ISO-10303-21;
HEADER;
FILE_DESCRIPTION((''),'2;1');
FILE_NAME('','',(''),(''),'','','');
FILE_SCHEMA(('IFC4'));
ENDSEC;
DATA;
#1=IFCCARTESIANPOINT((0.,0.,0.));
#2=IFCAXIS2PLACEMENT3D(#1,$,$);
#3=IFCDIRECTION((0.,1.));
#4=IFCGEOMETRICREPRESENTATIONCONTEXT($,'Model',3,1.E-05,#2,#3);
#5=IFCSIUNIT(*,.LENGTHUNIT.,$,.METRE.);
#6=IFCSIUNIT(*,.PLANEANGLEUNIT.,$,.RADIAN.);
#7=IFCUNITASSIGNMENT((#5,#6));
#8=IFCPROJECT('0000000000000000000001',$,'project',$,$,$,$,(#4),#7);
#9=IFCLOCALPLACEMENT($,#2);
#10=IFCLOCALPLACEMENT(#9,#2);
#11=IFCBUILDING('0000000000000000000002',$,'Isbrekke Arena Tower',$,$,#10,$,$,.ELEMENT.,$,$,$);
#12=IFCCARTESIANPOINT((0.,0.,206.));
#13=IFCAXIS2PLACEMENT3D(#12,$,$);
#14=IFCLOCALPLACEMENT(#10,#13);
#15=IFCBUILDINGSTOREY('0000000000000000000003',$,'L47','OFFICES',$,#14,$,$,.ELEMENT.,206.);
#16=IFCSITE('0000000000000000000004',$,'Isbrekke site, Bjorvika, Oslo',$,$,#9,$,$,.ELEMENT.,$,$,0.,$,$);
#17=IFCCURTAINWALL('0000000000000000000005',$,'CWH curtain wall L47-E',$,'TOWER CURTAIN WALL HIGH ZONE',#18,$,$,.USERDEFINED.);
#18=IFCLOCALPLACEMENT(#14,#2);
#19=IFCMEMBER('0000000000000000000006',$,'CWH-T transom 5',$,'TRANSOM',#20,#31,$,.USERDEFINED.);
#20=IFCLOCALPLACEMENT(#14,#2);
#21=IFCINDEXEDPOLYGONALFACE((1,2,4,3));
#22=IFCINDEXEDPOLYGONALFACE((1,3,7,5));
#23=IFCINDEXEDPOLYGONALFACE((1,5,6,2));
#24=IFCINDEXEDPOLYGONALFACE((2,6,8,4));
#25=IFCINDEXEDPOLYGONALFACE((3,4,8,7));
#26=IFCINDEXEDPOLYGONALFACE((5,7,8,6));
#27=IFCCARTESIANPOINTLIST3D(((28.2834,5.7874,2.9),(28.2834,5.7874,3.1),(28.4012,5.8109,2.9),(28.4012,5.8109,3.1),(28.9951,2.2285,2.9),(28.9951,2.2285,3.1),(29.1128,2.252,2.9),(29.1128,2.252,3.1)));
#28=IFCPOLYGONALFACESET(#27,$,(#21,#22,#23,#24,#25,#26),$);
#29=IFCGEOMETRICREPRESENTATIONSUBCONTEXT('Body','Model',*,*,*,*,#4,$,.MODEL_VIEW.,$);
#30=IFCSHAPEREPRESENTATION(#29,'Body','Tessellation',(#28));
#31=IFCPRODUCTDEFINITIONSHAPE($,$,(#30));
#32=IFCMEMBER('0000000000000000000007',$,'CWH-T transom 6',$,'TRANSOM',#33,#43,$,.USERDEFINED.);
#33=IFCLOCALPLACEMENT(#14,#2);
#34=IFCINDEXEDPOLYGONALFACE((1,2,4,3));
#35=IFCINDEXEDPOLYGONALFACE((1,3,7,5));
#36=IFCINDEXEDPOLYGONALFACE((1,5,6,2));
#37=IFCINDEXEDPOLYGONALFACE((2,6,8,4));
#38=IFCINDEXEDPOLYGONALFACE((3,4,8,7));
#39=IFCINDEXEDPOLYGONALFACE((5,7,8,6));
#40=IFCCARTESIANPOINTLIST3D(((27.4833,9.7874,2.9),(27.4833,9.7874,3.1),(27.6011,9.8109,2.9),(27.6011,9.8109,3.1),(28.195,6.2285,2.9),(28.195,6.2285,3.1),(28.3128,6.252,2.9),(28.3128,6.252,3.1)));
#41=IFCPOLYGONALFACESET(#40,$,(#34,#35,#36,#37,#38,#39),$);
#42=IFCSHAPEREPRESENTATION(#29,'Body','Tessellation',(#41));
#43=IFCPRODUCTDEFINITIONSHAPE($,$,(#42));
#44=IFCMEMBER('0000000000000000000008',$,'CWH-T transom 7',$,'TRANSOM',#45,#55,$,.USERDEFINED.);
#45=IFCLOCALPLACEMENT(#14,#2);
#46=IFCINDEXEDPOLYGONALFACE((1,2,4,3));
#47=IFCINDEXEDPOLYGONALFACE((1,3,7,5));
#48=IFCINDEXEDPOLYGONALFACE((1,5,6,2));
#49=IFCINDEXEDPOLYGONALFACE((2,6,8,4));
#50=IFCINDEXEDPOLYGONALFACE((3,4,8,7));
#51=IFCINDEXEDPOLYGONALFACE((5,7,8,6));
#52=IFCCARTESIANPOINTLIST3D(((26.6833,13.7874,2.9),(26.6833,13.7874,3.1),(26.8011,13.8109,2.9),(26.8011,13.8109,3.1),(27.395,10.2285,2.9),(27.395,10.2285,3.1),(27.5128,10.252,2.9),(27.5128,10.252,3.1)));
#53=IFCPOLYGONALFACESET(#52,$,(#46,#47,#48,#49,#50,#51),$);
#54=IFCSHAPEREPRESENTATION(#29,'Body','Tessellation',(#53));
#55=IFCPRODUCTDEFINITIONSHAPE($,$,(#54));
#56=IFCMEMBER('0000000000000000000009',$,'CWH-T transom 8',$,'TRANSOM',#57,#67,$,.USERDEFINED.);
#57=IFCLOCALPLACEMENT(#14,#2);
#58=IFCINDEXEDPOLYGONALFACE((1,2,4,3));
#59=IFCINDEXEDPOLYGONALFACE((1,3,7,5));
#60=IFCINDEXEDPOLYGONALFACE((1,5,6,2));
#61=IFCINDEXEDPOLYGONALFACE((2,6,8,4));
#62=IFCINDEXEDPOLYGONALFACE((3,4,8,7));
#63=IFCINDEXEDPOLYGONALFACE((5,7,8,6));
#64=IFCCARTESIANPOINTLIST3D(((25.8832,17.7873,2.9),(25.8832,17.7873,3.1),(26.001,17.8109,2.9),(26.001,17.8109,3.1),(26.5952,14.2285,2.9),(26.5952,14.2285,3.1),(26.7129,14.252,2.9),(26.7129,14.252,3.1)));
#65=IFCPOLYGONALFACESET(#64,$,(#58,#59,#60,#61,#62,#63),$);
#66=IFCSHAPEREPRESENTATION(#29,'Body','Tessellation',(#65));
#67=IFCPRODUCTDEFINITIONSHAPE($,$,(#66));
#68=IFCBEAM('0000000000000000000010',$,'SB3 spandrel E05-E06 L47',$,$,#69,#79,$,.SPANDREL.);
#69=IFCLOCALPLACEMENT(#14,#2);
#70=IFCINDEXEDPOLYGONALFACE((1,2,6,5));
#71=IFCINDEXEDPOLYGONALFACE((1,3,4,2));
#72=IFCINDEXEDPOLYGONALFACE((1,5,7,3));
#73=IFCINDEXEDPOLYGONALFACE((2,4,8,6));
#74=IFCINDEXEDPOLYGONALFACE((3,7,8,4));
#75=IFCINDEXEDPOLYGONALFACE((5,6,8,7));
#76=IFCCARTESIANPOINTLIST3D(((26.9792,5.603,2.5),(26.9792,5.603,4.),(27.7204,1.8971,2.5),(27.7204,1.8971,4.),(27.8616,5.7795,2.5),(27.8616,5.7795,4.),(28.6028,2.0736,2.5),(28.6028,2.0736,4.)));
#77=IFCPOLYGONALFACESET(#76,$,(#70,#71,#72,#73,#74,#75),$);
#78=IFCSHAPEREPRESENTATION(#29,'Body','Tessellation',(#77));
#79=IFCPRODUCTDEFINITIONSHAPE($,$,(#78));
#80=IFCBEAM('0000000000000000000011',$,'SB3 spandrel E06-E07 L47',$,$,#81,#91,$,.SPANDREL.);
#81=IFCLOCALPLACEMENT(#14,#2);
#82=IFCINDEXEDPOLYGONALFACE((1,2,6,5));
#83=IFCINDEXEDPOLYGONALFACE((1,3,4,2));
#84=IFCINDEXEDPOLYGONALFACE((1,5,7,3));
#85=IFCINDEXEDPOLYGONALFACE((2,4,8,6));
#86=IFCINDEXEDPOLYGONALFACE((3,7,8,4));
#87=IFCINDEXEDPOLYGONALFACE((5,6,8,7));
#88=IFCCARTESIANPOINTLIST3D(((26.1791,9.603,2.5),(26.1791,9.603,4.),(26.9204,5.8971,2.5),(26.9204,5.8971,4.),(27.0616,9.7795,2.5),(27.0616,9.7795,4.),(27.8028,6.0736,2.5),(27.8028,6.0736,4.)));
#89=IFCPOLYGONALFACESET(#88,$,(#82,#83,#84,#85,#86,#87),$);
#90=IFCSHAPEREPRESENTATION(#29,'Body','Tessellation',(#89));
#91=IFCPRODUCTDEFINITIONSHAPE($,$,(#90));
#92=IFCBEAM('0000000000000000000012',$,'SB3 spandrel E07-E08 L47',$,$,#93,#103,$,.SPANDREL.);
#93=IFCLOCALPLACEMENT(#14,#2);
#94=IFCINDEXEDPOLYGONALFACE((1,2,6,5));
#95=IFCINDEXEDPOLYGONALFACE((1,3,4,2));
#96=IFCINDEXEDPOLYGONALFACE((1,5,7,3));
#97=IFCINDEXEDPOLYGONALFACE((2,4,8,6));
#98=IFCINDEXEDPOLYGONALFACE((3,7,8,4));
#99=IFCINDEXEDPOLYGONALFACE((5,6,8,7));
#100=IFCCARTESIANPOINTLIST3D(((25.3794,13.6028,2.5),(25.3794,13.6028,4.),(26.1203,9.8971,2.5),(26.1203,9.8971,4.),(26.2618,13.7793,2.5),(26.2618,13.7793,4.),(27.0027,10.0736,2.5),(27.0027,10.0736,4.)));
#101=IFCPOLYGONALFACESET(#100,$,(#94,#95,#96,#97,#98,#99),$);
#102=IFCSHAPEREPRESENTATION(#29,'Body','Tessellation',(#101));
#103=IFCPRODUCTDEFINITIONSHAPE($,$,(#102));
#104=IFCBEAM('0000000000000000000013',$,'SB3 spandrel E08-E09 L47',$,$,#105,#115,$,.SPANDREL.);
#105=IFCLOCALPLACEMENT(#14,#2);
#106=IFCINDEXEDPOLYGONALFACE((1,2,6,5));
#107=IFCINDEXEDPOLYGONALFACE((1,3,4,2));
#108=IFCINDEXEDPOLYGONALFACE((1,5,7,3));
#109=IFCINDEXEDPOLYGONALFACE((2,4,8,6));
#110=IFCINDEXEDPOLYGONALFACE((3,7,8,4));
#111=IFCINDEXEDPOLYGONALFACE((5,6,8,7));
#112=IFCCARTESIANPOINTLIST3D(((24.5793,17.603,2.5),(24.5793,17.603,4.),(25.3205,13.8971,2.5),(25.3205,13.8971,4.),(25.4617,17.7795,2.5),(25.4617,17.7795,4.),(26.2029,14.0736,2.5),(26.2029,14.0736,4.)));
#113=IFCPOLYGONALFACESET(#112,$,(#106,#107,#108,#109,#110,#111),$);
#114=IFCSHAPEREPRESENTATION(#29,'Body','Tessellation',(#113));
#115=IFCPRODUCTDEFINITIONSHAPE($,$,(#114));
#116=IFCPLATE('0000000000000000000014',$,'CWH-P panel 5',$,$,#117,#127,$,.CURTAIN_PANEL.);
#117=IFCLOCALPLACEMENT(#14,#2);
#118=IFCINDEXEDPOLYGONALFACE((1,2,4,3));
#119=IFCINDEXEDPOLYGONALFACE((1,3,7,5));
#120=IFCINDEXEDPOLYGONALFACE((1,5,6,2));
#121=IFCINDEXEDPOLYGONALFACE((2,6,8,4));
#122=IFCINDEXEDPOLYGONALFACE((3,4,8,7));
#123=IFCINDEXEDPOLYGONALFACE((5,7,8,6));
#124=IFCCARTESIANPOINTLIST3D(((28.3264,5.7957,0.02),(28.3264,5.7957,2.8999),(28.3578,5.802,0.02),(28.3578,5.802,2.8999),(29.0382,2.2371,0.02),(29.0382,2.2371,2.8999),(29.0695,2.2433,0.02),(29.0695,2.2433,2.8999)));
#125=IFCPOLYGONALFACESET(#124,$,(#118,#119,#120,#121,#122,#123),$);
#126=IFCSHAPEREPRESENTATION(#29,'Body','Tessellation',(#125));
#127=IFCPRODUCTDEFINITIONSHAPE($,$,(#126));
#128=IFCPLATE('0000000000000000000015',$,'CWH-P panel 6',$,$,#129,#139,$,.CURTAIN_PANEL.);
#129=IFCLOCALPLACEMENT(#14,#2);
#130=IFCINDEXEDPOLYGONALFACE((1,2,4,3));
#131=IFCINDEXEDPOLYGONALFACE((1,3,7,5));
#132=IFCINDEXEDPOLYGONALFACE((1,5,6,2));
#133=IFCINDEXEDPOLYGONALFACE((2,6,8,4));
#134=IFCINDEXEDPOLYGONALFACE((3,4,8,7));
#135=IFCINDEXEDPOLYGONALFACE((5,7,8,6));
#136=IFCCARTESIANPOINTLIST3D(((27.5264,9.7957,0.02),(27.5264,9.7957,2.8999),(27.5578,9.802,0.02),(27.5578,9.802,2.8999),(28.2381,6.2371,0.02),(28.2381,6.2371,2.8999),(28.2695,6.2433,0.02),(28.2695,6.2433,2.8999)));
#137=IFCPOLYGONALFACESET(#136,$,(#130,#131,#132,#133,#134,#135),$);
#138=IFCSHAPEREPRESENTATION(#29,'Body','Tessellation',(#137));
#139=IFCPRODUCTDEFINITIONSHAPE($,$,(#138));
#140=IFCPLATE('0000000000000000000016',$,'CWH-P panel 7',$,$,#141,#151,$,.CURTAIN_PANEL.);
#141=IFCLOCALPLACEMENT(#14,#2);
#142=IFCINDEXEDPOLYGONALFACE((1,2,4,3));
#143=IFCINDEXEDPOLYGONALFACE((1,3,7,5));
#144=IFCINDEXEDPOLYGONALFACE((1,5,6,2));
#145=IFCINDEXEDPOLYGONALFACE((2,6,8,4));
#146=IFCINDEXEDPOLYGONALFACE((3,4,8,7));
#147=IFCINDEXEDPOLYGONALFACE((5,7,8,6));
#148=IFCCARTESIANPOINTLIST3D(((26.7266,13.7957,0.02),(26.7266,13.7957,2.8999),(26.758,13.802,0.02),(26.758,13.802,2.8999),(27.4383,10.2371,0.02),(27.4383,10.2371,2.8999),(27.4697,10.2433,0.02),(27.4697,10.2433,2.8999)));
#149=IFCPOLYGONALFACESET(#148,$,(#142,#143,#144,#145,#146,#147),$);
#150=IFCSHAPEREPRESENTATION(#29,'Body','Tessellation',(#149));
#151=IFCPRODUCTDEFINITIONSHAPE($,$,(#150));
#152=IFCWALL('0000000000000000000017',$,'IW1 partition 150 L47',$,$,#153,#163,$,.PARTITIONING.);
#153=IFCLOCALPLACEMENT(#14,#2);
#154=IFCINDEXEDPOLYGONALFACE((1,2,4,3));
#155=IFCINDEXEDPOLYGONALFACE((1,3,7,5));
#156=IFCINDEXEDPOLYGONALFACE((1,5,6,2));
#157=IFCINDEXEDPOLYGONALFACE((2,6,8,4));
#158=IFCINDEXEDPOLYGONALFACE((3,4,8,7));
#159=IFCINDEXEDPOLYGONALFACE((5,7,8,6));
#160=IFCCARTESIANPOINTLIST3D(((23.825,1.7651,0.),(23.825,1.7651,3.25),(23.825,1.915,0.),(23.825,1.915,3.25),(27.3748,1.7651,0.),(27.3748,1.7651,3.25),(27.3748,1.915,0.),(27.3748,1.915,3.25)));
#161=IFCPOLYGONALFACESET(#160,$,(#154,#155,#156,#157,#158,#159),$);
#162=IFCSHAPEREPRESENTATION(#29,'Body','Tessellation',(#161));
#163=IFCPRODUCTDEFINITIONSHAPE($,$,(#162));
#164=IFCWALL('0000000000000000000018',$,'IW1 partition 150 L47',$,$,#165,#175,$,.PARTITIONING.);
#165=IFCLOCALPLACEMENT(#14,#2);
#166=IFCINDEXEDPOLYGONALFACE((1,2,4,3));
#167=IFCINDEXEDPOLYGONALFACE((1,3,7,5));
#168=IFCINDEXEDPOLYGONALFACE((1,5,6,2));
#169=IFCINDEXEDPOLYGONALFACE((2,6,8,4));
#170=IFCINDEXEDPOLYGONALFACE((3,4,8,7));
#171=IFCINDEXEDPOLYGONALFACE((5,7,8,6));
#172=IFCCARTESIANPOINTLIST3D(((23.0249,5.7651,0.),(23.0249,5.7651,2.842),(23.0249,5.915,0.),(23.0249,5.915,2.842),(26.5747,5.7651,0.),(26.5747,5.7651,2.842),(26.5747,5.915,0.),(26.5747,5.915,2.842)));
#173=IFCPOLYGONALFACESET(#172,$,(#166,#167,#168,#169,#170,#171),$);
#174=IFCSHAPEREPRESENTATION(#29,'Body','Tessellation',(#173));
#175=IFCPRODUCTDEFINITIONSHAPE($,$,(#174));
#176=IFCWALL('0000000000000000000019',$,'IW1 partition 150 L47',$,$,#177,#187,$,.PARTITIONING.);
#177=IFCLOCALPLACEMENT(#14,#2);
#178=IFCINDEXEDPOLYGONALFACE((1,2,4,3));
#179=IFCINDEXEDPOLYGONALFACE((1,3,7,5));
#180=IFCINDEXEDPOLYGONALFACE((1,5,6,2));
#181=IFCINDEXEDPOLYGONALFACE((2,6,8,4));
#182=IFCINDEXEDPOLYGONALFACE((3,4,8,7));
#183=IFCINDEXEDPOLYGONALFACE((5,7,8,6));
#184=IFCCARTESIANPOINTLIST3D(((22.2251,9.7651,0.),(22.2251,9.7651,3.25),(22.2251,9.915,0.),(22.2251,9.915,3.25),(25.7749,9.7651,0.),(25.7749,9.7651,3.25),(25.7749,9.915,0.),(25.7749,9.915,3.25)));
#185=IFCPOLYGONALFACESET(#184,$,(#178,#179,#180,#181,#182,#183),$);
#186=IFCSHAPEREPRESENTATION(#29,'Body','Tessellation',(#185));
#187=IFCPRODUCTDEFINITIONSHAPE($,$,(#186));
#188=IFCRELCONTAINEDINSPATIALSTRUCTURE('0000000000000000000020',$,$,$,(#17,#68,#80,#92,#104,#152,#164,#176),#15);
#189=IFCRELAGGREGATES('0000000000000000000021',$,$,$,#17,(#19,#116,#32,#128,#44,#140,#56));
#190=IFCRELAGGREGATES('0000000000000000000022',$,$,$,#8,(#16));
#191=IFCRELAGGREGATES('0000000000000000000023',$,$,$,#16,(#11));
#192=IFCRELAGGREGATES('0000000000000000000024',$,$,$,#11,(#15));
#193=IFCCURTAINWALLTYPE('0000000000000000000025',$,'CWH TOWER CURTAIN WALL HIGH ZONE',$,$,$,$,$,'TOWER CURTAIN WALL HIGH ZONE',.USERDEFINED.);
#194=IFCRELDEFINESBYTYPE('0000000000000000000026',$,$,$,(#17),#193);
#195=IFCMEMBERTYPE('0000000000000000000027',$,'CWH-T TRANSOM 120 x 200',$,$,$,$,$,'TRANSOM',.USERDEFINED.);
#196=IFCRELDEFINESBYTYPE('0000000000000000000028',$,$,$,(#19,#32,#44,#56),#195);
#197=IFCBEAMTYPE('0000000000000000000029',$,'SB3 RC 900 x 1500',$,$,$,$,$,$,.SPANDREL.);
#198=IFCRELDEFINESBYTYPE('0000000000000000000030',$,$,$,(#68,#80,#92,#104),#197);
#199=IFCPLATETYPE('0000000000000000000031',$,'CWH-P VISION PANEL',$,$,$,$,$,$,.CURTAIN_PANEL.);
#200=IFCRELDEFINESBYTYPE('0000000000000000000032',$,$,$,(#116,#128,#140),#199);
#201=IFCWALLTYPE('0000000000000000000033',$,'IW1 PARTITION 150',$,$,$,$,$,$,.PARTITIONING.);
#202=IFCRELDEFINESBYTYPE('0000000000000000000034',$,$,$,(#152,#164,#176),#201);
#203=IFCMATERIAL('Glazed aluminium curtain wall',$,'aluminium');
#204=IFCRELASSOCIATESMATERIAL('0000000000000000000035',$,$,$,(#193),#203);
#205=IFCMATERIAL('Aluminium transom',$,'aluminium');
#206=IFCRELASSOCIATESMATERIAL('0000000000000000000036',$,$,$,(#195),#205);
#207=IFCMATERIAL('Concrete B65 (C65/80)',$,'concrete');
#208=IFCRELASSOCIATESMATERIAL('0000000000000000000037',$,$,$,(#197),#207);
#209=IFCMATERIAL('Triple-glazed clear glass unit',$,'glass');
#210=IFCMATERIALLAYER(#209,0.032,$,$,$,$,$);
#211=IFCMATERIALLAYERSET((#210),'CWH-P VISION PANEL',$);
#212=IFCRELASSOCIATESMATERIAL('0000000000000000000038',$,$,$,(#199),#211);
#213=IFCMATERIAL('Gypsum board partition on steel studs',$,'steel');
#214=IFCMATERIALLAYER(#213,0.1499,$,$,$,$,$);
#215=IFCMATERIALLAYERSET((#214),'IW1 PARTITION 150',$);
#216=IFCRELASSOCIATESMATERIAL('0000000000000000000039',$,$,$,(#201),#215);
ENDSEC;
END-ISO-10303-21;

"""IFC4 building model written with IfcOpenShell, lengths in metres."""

from ifc_helpers import new_model, si_unit, direction, frame, frame_2d, origin, origin_2d, place, context, subcontext, project, spatial, rectangle, extrude, material, layer, layer_set, material_profile, profile_set, type_object, element, aggregate, save


model = new_model("IFC4")

# Units and contexts
model_context = context("Model", 3, precision=1e-05, world=origin(), true_north=direction((0.0, 1.0)))
body_context = subcontext(model_context, "Body", "Model", "MODEL_VIEW")
ifc_project = project(units=[si_unit("LENGTHUNIT", "METRE"), si_unit("PLANEANGLEUNIT", "RADIAN")], contexts=[model_context])

# Site, building, storey
site_placement = place(None, origin())
site = spatial("IfcSite", under=ifc_project, at=site_placement, Name="Isbrekke site, Bjorvika, Oslo", CompositionType="ELEMENT", RefElevation=0.0)
building_placement = place(site_placement, origin())
building = spatial("IfcBuilding", under=site, at=building_placement, Name="Isbrekke Arena Tower", CompositionType="ELEMENT")
storey_placement = place(building_placement, frame((0.0, 0.0, 206.0)))
storey = spatial("IfcBuildingStorey", under=building, at=storey_placement, Name="L47", Description="OFFICES", CompositionType="ELEMENT", Elevation=206.0)

# Curtain wall, members
ifc_material_1 = material(Name="Glazed aluminium curtain wall", Category="aluminium")
curtain_wall_type = type_object("IfcCurtainWallType", Name="CWH TOWER CURTAIN WALL HIGH ZONE", ElementType="TOWER CURTAIN WALL HIGH ZONE", PredefinedType="USERDEFINED", material=ifc_material_1)
curtain_wall_placement = place(storey_placement, origin())
curtain_wall = element("IfcCurtainWall", 1, at=curtain_wall_placement, inside=storey, type_object=curtain_wall_type, Name="CWH curtain wall L47-E", ObjectType="TOWER CURTAIN WALL HIGH ZONE", PredefinedType="USERDEFINED")
ifc_material_2 = material(Name="Aluminium transom", Category="aluminium")
ifc_material_profile_1 = material_profile(ifc_material_2, rectangle(XDim=0.1201, YDim=0.2, at=origin_2d()), Name="TRANSOM 120X200")
ifc_profile_set_1 = profile_set([ifc_material_profile_1], Name="Aluminium transom")
member_type_1 = type_object("IfcMemberType", Name="CWH-T TRANSOM 120 x 200", ElementType="TRANSOM", PredefinedType="USERDEFINED", material=ifc_profile_set_1)
member_1_placement = place(storey_placement, frame((29.054, 2.2402, 3.0), z_axis=(-0.19609, 0.980586, 0.0), x_axis=(-0.980586, -0.19609, 0.0)))
member_1 = element("IfcMember", 2, at=member_1_placement, type_object=member_type_1, Name="CWH-T transom 5", ObjectType="TRANSOM", PredefinedType="USERDEFINED", context=body_context, shape_type="SweptSolid", body=[
    extrude(rectangle(XDim=0.1201, YDim=0.2, at=origin_2d()), origin(), (0.0, 0.0, 1.0), 3.6294),
])
member_2_placement = place(storey_placement, frame((28.2539, 6.2402, 3.0), z_axis=(-0.19609, 0.980586, 0.0), x_axis=(-0.980586, -0.19609, 0.0)))
member_2 = element("IfcMember", 3, at=member_2_placement, type_object=member_type_1, Name="CWH-T transom 6", ObjectType="TRANSOM", PredefinedType="USERDEFINED", context=body_context, shape_type="SweptSolid", body=[
    extrude(rectangle(XDim=0.1201, YDim=0.2, at=origin_2d()), origin(), (0.0, 0.0, 1.0), 3.6294),
])
member_3_placement = place(storey_placement, frame((27.4539, 10.2402, 3.0), z_axis=(-0.19609, 0.980586, 0.0), x_axis=(-0.980586, -0.19609, 0.0)))
member_3 = element("IfcMember", 4, at=member_3_placement, type_object=member_type_1, Name="CWH-T transom 7", ObjectType="TRANSOM", PredefinedType="USERDEFINED", context=body_context, shape_type="SweptSolid", body=[
    extrude(rectangle(XDim=0.1201, YDim=0.2, at=origin_2d()), origin(), (0.0, 0.0, 1.0), 3.6294),
])
member_4_placement = place(storey_placement, frame((26.6541, 14.2402, 3.0), z_axis=(-0.196155, 0.980573, 0.0), x_axis=(-0.980573, -0.196155, 0.0)))
member_4 = element("IfcMember", 5, at=member_4_placement, type_object=member_type_1, Name="CWH-T transom 8", ObjectType="TRANSOM", PredefinedType="USERDEFINED", context=body_context, shape_type="SweptSolid", body=[
    extrude(rectangle(XDim=0.1201, YDim=0.2, at=origin_2d()), origin(), (0.0, 0.0, 1.0), 3.6294),
])

# Beams
ifc_material_3 = material(Name="Concrete B65 (C65/80)", Category="concrete")
ifc_material_profile_2 = material_profile(ifc_material_3, rectangle(XDim=0.8999, YDim=1.5, at=origin_2d()), Name="RC 900x1500")
ifc_profile_set_2 = profile_set([ifc_material_profile_2], Name="Concrete B65 (C65/80)")
beam_type_1 = type_object("IfcBeamType", Name="SB3 RC 900 x 1500", PredefinedType="SPANDREL", material=ifc_profile_set_2)
for number, where, z_axis, x_axis, name in (
    (6, (28.1616, 1.9854, 3.25), (-0.196129, 0.980578, 0.0), (-0.980578, -0.196129, 0.0), "SB3 spandrel E05-E06 L47"),
    (7, (27.3616, 5.9854, 3.25), (-0.196129, 0.980578, 0.0), (-0.980578, -0.196129, 0.0), "SB3 spandrel E06-E07 L47"),
):
    element("IfcBeam", number, at=place(storey_placement, frame(where, z_axis=z_axis, x_axis=x_axis)), inside=storey, type_object=beam_type_1, Name=name, PredefinedType="SPANDREL", context=body_context, shape_type="SweptSolid", body=[
        extrude(rectangle(XDim=0.8999, YDim=1.5, at=origin_2d()), origin(), (0.0, 0.0, 1.0), 3.7793),
    ])
beam_1_placement = place(storey_placement, frame((26.5615, 9.9854, 3.25), z_axis=(-0.196066, 0.980591, 0.0), x_axis=(-0.980591, -0.196066, 0.0)))
element("IfcBeam", 8, at=beam_1_placement, inside=storey, type_object=beam_type_1, Name="SB3 spandrel E07-E08 L47", PredefinedType="SPANDREL", context=body_context, shape_type="SweptSolid", body=[
    extrude(rectangle(XDim=0.8999, YDim=1.5, at=origin_2d()), origin(), (0.0, 0.0, 1.0), 3.7791),
])
beam_2_placement = place(storey_placement, frame((25.7617, 13.9854, 3.25), z_axis=(-0.196129, 0.980578, 0.0), x_axis=(-0.980578, -0.196129, 0.0)))
element("IfcBeam", 9, at=beam_2_placement, inside=storey, type_object=beam_type_1, Name="SB3 spandrel E08-E09 L47", PredefinedType="SPANDREL", context=body_context, shape_type="SweptSolid", body=[
    extrude(rectangle(XDim=0.8999, YDim=1.5, at=origin_2d()), origin(), (0.0, 0.0, 1.0), 3.7793),
])

# Plates
ifc_material_4 = material(Name="Triple-glazed clear glass unit", Category="glass")
ifc_layer_1 = layer(ifc_material_4, 0.032)
ifc_layer_set_1 = layer_set([ifc_layer_1], Name="CWH-P VISION PANEL")
plate_type = type_object("IfcPlateType", Name="CWH-P VISION PANEL", PredefinedType="CURTAIN_PANEL", material=ifc_layer_set_1)
plate_1_placement = place(storey_placement, frame((28.698, 4.0195, 0.02), z_axis=(0.0, 0.0, 1.0), x_axis=(-0.196116, 0.980581, 0.0)))
plate_1 = element("IfcPlate", 10, at=plate_1_placement, type_object=plate_type, Name="CWH-P panel 5", PredefinedType="CURTAIN_PANEL", context=body_context, shape_type="SweptSolid", body=[
    extrude(rectangle(XDim=3.6292, YDim=0.032, at=origin_2d()), origin(), (0.0, 0.0, 1.0), 2.8799),
])
plate_2_placement = place(storey_placement, frame((27.8979, 8.0195, 0.02), z_axis=(0.0, 0.0, 1.0), x_axis=(-0.196116, 0.980581, 0.0)))
plate_2 = element("IfcPlate", 11, at=plate_2_placement, type_object=plate_type, Name="CWH-P panel 6", PredefinedType="CURTAIN_PANEL", context=body_context, shape_type="SweptSolid", body=[
    extrude(rectangle(XDim=3.6292, YDim=0.032, at=origin_2d()), origin(), (0.0, 0.0, 1.0), 2.8799),
])
plate_3_placement = place(storey_placement, frame((27.0981, 12.0195, 0.02), z_axis=(0.0, 0.0, 1.0), x_axis=(-0.196116, 0.980581, 0.0)))
plate_3 = element("IfcPlate", 12, at=plate_3_placement, type_object=plate_type, Name="CWH-P panel 7", PredefinedType="CURTAIN_PANEL", context=body_context, shape_type="SweptSolid", body=[
    extrude(rectangle(XDim=3.6292, YDim=0.032, at=origin_2d()), origin(), (0.0, 0.0, 1.0), 2.8799),
])
aggregate(curtain_wall, [member_1, plate_1, member_2, plate_2, member_3, plate_3, member_4])

# Walls
ifc_material_5 = material(Name="Gypsum board partition on steel studs", Category="steel")
ifc_layer_2 = layer(ifc_material_5, 0.1499)
ifc_layer_set_2 = layer_set([ifc_layer_2], Name="IW1 PARTITION 150")
wall_type = type_object("IfcWallType", Name="IW1 PARTITION 150", PredefinedType="PARTITIONING", material=ifc_layer_set_2)
wall_1_placement = place(storey_placement, frame((23.825, 1.8401, 0.0), z_axis=(0.0, 0.0, 1.0), x_axis=(1.0, 0.0, 0.0)))
element("IfcWall", 13, at=wall_1_placement, inside=storey, type_object=wall_type, Name="IW1 partition 150 L47", PredefinedType="PARTITIONING", context=body_context, shape_type="SweptSolid", body=[
    extrude(rectangle(XDim=3.5498, YDim=0.1499, at=frame_2d((1.7749, 0.0))), origin(), (0.0, 0.0, 1.0), 3.25),
])
wall_2_placement = place(storey_placement, frame((23.0249, 5.8401, 0.0), z_axis=(0.0, 0.0, 1.0), x_axis=(1.0, 0.0, 0.0)))
element("IfcWall", 14, at=wall_2_placement, inside=storey, type_object=wall_type, Name="IW1 partition 150 L47", PredefinedType="PARTITIONING", context=body_context, shape_type="SweptSolid", body=[
    extrude(rectangle(XDim=3.5498, YDim=0.1499, at=frame_2d((1.7749, 0.0))), origin(), (0.0, 0.0, 1.0), 2.842),
])
for number, where, z_axis, x_axis, name in (
    (15, (22.2251, 9.8401, 0.0), (0.0, 0.0, 1.0), (1.0, 0.0, 0.0), "IW1 partition 150 L47"),
):
    element("IfcWall", number, at=place(storey_placement, frame(where, z_axis=z_axis, x_axis=x_axis)), inside=storey, type_object=wall_type, Name=name, PredefinedType="PARTITIONING", context=body_context, shape_type="SweptSolid", body=[
        extrude(rectangle(XDim=3.5498, YDim=0.1499, at=frame_2d((1.7749, 0.0))), origin(), (0.0, 0.0, 1.0), 3.25),
    ])

save(model, "model.ifc")
